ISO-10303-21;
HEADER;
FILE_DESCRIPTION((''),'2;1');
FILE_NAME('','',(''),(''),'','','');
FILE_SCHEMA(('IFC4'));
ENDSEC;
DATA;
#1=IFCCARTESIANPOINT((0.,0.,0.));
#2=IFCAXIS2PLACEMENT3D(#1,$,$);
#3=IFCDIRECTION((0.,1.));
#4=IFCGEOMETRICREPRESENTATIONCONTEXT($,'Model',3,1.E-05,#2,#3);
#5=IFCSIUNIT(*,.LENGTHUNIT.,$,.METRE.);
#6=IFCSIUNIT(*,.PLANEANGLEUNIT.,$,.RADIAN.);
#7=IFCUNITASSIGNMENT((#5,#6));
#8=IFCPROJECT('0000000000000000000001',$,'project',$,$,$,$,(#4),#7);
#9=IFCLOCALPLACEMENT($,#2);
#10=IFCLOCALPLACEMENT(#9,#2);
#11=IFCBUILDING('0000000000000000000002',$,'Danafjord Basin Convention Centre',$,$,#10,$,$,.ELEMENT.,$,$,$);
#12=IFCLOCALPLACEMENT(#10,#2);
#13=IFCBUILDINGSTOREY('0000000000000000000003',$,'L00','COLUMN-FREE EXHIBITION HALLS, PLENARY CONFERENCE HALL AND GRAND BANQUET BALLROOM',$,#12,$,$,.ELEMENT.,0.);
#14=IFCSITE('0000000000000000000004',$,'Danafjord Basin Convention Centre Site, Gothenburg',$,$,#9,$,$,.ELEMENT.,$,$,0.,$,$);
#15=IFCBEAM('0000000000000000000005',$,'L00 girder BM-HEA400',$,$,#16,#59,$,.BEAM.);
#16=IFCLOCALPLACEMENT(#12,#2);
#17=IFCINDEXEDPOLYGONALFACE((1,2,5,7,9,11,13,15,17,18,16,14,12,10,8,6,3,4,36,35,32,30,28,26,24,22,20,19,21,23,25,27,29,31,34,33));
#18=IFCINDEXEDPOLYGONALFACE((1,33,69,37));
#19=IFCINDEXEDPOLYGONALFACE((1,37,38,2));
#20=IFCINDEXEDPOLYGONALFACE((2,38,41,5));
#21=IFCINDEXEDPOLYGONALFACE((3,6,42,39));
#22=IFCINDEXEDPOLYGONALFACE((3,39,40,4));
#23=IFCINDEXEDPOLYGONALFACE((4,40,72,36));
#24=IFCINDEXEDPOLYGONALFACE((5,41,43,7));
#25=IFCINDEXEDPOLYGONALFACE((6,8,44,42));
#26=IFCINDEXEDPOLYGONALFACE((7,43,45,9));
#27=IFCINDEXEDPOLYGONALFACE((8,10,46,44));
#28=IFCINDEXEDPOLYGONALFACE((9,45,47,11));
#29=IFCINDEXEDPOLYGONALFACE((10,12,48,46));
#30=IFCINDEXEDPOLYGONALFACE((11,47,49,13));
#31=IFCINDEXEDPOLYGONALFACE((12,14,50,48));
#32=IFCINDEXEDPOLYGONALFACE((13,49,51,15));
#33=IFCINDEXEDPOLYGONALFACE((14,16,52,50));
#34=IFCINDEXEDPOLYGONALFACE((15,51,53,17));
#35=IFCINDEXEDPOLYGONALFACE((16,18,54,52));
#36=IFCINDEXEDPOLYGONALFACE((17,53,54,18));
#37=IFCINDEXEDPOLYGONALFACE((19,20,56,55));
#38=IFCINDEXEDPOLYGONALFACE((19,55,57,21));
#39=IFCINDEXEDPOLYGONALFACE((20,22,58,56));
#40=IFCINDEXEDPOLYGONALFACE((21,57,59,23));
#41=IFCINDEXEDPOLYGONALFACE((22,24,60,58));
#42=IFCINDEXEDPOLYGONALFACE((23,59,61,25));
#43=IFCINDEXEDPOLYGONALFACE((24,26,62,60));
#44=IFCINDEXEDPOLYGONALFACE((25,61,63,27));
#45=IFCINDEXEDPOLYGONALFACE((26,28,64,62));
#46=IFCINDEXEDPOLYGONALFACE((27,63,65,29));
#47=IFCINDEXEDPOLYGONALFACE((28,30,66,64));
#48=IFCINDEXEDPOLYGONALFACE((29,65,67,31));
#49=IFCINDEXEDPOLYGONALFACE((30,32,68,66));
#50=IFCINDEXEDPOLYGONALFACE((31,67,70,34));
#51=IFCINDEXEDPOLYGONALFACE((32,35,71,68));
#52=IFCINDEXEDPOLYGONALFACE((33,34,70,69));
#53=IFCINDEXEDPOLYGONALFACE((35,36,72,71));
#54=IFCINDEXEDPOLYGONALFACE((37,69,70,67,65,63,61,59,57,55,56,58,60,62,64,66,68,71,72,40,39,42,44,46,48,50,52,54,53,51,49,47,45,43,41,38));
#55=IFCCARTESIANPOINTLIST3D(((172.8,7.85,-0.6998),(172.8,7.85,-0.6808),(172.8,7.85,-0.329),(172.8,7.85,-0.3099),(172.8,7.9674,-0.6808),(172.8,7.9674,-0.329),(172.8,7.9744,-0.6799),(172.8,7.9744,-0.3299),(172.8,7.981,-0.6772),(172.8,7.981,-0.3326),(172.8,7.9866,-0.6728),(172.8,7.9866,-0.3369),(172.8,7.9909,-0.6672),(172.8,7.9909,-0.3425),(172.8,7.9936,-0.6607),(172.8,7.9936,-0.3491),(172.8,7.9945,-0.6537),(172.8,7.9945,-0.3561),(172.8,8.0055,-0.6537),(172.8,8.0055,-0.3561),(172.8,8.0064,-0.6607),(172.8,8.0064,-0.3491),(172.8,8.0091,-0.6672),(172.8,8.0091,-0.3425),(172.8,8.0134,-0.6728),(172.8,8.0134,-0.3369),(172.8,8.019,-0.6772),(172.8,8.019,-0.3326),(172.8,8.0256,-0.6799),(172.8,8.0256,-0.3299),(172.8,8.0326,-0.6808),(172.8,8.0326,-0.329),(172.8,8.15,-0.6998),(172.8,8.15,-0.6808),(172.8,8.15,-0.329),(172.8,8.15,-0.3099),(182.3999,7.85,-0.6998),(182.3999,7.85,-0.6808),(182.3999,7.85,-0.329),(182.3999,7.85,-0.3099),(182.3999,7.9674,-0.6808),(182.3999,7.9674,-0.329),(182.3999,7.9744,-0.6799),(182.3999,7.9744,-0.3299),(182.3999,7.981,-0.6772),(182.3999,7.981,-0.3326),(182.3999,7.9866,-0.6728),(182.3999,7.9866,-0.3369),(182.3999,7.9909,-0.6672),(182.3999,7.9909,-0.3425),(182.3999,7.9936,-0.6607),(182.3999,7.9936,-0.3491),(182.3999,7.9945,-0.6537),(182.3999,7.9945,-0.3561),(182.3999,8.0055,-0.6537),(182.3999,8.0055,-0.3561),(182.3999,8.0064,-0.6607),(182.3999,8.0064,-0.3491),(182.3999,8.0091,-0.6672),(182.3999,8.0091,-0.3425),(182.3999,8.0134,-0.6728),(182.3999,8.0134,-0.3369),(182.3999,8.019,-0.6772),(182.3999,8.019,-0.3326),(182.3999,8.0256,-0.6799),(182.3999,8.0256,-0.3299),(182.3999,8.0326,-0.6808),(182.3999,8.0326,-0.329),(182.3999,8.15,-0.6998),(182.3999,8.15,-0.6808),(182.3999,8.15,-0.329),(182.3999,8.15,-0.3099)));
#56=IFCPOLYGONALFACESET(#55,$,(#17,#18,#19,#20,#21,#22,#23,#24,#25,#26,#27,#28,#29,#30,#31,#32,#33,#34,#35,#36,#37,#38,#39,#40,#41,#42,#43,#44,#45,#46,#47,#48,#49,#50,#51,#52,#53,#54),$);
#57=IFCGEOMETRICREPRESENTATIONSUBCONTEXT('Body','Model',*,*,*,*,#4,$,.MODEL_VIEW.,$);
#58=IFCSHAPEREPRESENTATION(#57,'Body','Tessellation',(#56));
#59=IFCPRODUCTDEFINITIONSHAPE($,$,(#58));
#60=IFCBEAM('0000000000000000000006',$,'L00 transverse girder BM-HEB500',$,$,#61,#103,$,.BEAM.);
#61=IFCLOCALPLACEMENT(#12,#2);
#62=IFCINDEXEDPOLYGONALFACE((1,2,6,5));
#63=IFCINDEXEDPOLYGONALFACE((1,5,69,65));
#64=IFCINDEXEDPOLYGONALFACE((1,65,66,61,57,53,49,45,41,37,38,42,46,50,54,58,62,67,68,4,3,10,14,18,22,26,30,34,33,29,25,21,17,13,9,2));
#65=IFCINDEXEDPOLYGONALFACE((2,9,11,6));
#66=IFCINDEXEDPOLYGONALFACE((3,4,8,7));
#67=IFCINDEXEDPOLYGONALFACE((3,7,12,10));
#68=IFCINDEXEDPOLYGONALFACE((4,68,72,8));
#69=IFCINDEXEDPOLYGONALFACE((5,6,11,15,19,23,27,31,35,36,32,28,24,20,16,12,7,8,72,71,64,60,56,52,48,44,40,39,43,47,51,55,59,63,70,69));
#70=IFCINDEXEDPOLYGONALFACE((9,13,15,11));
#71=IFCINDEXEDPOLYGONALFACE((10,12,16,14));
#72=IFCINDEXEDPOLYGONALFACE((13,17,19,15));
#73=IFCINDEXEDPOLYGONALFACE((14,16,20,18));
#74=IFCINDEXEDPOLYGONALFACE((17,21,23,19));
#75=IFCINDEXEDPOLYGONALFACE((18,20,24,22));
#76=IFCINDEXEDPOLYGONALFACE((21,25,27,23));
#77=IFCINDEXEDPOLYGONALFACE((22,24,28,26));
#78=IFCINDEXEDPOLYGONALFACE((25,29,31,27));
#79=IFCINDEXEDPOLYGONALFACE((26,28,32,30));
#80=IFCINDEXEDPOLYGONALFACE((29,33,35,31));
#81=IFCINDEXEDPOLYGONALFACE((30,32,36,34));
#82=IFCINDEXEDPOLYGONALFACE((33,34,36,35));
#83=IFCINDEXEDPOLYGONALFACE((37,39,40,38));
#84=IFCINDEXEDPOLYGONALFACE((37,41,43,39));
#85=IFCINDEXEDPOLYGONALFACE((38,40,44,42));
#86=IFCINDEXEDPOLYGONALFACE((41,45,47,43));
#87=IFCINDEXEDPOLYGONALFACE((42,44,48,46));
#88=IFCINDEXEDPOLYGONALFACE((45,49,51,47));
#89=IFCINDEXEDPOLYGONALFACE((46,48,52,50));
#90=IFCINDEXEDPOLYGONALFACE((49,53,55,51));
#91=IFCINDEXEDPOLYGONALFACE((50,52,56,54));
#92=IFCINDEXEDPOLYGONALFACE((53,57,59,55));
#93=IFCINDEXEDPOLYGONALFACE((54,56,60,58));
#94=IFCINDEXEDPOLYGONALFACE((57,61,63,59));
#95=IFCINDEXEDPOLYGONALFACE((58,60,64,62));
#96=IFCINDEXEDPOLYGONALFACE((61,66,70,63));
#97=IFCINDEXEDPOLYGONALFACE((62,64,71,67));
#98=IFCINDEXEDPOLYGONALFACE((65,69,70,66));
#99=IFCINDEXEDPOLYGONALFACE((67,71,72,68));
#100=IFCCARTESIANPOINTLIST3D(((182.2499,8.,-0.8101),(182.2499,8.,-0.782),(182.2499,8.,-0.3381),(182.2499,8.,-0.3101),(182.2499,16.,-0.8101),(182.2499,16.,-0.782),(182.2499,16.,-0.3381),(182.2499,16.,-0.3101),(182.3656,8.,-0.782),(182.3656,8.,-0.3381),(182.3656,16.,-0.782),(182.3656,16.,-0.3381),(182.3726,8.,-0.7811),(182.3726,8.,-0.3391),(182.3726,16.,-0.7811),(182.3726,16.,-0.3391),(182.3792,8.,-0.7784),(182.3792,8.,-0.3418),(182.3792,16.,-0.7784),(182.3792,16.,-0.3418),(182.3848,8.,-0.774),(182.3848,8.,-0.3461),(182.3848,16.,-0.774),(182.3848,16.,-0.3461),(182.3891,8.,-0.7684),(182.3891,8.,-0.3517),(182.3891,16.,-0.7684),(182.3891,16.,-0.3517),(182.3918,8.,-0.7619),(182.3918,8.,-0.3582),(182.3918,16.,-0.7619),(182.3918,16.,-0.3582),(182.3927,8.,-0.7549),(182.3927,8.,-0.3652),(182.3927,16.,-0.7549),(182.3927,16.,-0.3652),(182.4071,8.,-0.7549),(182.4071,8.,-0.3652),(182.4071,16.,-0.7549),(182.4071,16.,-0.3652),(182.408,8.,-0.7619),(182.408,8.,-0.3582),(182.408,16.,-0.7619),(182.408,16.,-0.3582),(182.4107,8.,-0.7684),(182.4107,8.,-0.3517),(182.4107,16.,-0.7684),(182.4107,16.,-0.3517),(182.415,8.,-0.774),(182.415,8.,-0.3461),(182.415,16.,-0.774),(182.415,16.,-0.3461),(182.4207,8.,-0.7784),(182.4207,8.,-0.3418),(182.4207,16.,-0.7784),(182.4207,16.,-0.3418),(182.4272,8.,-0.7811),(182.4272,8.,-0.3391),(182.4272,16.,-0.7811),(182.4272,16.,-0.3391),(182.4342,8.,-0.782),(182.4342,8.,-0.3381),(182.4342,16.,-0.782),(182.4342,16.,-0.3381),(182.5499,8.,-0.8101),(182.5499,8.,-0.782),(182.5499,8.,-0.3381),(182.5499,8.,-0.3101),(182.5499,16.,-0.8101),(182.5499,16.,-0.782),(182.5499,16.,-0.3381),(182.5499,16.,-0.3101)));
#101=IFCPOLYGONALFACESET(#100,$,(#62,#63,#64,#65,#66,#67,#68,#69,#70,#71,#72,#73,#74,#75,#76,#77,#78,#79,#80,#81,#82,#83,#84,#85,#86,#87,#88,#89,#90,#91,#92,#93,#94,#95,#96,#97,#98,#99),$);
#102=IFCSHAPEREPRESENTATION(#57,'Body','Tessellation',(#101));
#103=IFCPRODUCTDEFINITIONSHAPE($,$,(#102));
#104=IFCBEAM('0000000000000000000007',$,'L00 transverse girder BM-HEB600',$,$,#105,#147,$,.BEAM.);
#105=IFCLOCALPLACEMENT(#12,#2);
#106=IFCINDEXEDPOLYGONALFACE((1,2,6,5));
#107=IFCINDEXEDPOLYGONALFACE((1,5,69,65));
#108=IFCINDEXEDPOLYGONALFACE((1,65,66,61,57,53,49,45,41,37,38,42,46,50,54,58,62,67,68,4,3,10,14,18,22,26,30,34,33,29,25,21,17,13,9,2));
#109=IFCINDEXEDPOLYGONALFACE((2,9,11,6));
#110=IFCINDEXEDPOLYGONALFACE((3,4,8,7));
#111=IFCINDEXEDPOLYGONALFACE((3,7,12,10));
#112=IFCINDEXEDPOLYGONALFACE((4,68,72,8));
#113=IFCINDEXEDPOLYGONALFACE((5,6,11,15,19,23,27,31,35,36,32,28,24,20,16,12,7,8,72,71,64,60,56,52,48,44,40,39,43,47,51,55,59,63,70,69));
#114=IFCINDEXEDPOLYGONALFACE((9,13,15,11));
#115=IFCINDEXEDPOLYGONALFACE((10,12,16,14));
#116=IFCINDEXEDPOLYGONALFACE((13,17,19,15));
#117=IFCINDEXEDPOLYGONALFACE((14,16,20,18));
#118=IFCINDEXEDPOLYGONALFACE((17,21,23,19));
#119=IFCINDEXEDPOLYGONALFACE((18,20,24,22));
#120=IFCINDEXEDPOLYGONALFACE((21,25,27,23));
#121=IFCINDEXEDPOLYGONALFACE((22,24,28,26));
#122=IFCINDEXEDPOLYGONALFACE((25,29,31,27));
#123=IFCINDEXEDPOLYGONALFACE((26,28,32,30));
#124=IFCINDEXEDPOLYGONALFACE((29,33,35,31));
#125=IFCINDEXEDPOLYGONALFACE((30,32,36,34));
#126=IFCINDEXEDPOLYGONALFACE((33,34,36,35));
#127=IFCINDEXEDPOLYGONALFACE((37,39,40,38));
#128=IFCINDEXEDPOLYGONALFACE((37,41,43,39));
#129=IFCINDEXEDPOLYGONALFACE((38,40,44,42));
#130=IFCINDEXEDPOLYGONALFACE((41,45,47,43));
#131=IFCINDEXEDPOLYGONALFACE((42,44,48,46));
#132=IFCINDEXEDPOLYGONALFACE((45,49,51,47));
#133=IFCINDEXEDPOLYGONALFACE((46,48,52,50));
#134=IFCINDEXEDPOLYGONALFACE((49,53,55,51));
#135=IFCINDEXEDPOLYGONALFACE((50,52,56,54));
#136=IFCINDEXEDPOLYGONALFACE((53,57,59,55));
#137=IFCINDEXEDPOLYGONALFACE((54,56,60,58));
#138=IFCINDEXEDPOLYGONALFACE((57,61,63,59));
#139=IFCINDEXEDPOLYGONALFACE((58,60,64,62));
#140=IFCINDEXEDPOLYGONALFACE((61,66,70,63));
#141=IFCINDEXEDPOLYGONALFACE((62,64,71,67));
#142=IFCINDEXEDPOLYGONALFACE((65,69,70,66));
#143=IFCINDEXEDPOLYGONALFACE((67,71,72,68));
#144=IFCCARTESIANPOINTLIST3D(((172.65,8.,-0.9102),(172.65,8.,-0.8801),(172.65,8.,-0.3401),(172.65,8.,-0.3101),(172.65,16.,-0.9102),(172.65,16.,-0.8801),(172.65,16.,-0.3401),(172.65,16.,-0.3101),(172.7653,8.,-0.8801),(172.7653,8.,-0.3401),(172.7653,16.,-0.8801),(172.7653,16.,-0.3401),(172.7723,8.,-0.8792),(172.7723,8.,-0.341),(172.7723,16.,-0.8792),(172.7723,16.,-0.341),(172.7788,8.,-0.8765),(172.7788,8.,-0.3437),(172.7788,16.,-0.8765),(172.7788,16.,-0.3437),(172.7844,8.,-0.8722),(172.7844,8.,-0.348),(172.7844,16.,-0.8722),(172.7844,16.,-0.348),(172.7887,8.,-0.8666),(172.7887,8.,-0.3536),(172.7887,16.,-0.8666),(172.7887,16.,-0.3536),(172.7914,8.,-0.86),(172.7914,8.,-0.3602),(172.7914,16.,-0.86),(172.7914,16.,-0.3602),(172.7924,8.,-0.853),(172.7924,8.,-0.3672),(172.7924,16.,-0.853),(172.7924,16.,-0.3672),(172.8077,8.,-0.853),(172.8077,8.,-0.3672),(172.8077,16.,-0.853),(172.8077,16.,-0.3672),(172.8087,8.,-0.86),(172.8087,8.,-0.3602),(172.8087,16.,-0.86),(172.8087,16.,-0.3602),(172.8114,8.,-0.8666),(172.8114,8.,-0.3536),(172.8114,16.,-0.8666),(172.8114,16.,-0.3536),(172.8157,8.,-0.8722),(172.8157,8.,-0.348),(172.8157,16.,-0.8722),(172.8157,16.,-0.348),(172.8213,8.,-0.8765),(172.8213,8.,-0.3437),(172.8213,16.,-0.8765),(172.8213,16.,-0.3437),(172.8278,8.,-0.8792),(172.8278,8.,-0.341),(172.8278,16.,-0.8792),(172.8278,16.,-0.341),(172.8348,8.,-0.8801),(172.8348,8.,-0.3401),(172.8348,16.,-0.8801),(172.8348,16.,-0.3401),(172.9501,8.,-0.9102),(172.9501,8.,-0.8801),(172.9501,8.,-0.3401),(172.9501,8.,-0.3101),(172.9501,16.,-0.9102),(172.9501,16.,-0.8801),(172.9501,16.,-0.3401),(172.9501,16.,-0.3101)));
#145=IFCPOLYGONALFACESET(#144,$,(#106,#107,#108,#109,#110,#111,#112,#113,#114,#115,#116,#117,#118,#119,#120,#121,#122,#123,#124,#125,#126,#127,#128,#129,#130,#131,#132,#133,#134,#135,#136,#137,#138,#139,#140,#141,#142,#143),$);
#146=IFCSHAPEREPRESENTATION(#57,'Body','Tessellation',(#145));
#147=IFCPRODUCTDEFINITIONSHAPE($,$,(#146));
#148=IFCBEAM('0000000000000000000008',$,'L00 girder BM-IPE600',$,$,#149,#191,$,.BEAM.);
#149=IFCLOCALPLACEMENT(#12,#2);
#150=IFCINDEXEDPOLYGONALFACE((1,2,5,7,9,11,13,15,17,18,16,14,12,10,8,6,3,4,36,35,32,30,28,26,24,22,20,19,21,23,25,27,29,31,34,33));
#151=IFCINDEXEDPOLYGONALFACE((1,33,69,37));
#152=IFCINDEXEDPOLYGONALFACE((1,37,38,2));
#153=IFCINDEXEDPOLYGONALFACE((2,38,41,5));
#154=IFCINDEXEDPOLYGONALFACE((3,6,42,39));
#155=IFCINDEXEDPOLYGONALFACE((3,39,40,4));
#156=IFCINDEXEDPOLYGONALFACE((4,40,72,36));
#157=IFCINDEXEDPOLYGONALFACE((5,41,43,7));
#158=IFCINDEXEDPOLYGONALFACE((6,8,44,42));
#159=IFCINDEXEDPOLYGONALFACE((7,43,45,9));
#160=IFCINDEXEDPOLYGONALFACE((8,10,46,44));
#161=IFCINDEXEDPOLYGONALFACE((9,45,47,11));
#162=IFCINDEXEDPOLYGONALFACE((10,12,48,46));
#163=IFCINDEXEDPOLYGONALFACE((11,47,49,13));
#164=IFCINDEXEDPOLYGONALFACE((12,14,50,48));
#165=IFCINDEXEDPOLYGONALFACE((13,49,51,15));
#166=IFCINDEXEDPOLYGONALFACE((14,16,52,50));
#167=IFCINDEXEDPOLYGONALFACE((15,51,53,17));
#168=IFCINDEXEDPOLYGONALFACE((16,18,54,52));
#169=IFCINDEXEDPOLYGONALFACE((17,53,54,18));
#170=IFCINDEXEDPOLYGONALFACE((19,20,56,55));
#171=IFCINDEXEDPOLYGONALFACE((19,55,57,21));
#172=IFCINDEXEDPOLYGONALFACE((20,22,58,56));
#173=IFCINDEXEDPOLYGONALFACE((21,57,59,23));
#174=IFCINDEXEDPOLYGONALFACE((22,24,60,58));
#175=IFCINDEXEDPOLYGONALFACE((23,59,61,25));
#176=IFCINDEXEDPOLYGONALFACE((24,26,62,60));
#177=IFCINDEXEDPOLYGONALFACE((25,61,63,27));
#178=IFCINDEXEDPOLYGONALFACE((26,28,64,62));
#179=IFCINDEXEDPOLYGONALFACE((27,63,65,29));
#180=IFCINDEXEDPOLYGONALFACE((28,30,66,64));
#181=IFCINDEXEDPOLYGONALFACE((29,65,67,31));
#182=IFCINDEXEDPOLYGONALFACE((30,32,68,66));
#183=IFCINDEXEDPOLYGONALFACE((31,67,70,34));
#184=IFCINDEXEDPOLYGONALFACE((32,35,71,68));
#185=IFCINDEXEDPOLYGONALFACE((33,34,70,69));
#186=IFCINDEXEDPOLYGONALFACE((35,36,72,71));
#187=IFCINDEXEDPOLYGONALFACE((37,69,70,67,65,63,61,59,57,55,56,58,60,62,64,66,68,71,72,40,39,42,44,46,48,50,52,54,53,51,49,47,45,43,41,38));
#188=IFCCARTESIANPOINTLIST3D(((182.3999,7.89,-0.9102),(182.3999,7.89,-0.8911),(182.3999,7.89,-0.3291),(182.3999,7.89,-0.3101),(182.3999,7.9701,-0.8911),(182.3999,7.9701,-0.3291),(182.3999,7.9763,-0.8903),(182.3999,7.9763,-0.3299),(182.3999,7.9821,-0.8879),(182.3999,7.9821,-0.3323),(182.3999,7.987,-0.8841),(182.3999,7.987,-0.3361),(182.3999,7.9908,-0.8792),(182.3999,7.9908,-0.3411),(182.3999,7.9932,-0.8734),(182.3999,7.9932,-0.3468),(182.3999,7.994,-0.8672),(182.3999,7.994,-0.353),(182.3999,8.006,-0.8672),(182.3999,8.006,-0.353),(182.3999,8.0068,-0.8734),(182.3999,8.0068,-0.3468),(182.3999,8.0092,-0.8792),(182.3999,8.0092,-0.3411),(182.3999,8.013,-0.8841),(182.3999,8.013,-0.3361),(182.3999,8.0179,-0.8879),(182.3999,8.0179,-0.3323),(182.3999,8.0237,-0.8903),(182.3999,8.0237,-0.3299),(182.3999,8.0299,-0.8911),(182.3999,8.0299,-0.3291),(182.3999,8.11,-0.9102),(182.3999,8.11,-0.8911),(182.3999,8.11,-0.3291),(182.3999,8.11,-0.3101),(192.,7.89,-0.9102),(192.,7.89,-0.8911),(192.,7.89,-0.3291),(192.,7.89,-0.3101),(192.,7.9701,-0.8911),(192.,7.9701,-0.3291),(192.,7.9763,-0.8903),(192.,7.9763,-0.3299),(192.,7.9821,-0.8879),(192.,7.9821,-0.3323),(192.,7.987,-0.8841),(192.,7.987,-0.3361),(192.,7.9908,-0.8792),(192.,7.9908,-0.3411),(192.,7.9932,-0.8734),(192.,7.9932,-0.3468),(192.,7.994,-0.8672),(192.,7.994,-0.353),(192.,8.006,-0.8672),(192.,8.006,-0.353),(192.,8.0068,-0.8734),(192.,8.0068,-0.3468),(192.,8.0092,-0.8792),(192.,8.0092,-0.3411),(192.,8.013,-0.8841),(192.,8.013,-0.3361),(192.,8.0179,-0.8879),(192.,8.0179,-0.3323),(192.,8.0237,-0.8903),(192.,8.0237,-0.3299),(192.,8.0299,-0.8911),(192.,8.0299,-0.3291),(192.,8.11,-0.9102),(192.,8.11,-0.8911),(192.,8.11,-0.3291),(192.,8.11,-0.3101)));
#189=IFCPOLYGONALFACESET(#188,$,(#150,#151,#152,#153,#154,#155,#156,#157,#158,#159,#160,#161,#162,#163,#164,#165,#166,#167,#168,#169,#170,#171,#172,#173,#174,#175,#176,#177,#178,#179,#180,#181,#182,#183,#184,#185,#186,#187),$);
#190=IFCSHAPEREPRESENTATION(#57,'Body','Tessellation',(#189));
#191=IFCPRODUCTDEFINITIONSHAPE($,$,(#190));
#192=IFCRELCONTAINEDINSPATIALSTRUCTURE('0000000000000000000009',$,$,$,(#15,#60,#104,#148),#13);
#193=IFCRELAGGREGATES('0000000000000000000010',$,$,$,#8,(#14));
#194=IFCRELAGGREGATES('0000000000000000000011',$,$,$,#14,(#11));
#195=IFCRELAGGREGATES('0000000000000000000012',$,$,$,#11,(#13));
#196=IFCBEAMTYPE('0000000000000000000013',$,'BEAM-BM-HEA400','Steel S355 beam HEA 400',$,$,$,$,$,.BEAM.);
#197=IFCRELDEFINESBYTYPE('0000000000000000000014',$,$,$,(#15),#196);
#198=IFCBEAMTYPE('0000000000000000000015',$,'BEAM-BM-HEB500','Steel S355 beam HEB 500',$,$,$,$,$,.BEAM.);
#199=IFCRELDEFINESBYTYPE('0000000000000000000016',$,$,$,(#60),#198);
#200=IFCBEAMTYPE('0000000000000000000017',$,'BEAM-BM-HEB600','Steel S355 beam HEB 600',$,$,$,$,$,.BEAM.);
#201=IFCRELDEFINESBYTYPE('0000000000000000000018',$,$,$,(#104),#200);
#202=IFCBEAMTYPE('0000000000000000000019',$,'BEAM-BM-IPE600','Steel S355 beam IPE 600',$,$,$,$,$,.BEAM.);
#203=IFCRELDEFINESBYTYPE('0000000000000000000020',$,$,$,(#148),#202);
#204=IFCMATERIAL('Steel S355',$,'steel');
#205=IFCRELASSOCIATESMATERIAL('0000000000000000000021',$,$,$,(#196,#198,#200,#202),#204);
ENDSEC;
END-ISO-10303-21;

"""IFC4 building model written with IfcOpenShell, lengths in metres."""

from ifc_helpers import new_model, si_unit, direction, frame, origin, origin_2d, place, context, subcontext, project, spatial, i_section, extrude, material, material_profile, profile_set, type_object, element, save


model = new_model("IFC4")

# Units and contexts
model_context = context("Model", 3, precision=1e-05, world=origin(), true_north=direction((0.0, 1.0)))
body_context = subcontext(model_context, "Body", "Model", "MODEL_VIEW")
ifc_project = project(units=[si_unit("LENGTHUNIT", "METRE"), si_unit("PLANEANGLEUNIT", "RADIAN")], contexts=[model_context])

# Site, building, storey
site_placement = place(None, origin())
site = spatial("IfcSite", under=ifc_project, at=site_placement, Name="Danafjord Basin Convention Centre Site, Gothenburg", CompositionType="ELEMENT", RefElevation=0.0)
building_placement = place(site_placement, origin())
building = spatial("IfcBuilding", under=site, at=building_placement, Name="Danafjord Basin Convention Centre", CompositionType="ELEMENT")
storey_placement = place(building_placement, origin())
storey = spatial("IfcBuildingStorey", under=building, at=storey_placement, Name="L00", Description="COLUMN-FREE EXHIBITION HALLS, PLENARY CONFERENCE HALL AND GRAND BANQUET BALLROOM", CompositionType="ELEMENT", Elevation=0.0)

# Shared definitions
ifc_material_1 = material(Name="Steel S355", Category="steel")

# Beams
ifc_material_profile_1 = material_profile(ifc_material_1, i_section(OverallWidth=0.3, OverallDepth=0.3899, WebThickness=0.011, FlangeThickness=0.019, FilletRadius=0.0271, at=origin_2d()), Name="HEA 400")
ifc_profile_set_1 = profile_set([ifc_material_profile_1], Name="Steel S355")
beam_type_1 = type_object("IfcBeamType", Name="BEAM-BM-HEA400", Description="Steel S355 beam HEA 400", PredefinedType="BEAM", material=ifc_profile_set_1)
beam_1_placement = place(storey_placement, frame((172.8, 8.0, -0.5049), z_axis=(1.0, 0.0, 0.0), x_axis=(0.0, 1.0, 0.0)))
element("IfcBeam", 1, at=beam_1_placement, inside=storey, type_object=beam_type_1, Name="L00 girder BM-HEA400", PredefinedType="BEAM", context=body_context, shape_type="SweptSolid", body=[
    extrude(i_section(OverallWidth=0.3, OverallDepth=0.3899, WebThickness=0.011, FlangeThickness=0.019, FilletRadius=0.0271, at=origin_2d()), origin(), (0.0, 0.0, 1.0), 9.5999),
])
ifc_material_profile_2 = material_profile(ifc_material_1, i_section(OverallWidth=0.3, OverallDepth=0.5, WebThickness=0.0144, FlangeThickness=0.0281, FilletRadius=0.0271, at=origin_2d()), Name="HEB 500")
ifc_profile_set_2 = profile_set([ifc_material_profile_2], Name="Steel S355")
beam_type_2 = type_object("IfcBeamType", Name="BEAM-BM-HEB500", Description="Steel S355 beam HEB 500", PredefinedType="BEAM", material=ifc_profile_set_2)
beam_2_placement = place(storey_placement, frame((182.3999, 8.0, -0.5601), z_axis=(0.0, 1.0, 0.0), x_axis=(-1.0, 0.0, 0.0)))
element("IfcBeam", 2, at=beam_2_placement, inside=storey, type_object=beam_type_2, Name="L00 transverse girder BM-HEB500", PredefinedType="BEAM", context=body_context, shape_type="SweptSolid", body=[
    extrude(i_section(OverallWidth=0.3, OverallDepth=0.5, WebThickness=0.0144, FlangeThickness=0.0281, FilletRadius=0.0271, at=origin_2d()), origin(), (0.0, 0.0, 1.0), 8.0),
])
ifc_material_profile_3 = material_profile(ifc_material_1, i_section(OverallWidth=0.3, OverallDepth=0.6001, WebThickness=0.0154, FlangeThickness=0.03, FilletRadius=0.0271, at=origin_2d()), Name="HEB 600")
ifc_profile_set_3 = profile_set([ifc_material_profile_3], Name="Steel S355")
beam_type_3 = type_object("IfcBeamType", Name="BEAM-BM-HEB600", Description="Steel S355 beam HEB 600", PredefinedType="BEAM", material=ifc_profile_set_3)
beam_3_placement = place(storey_placement, frame((172.8, 8.0, -0.6101), z_axis=(0.0, 1.0, 0.0), x_axis=(-1.0, 0.0, 0.0)))
element("IfcBeam", 3, at=beam_3_placement, inside=storey, type_object=beam_type_3, Name="L00 transverse girder BM-HEB600", PredefinedType="BEAM", context=body_context, shape_type="SweptSolid", body=[
    extrude(i_section(OverallWidth=0.3, OverallDepth=0.6001, WebThickness=0.0154, FlangeThickness=0.03, FilletRadius=0.0271, at=origin_2d()), origin(), (0.0, 0.0, 1.0), 8.0),
])
ifc_material_profile_4 = material_profile(ifc_material_1, i_section(OverallWidth=0.22, OverallDepth=0.6001, WebThickness=0.012, FlangeThickness=0.019, FilletRadius=0.0239, at=origin_2d()), Name="IPE 600")
ifc_profile_set_4 = profile_set([ifc_material_profile_4], Name="Steel S355")
beam_type_4 = type_object("IfcBeamType", Name="BEAM-BM-IPE600", Description="Steel S355 beam IPE 600", PredefinedType="BEAM", material=ifc_profile_set_4)
beam_4_placement = place(storey_placement, frame((182.3999, 8.0, -0.6101), z_axis=(1.0, 0.0, 0.0), x_axis=(0.0, 1.0, 0.0)))
element("IfcBeam", 4, at=beam_4_placement, inside=storey, type_object=beam_type_4, Name="L00 girder BM-IPE600", PredefinedType="BEAM", context=body_context, shape_type="SweptSolid", body=[
    extrude(i_section(OverallWidth=0.22, OverallDepth=0.6001, WebThickness=0.012, FlangeThickness=0.019, FilletRadius=0.0239, at=origin_2d()), origin(), (0.0, 0.0, 1.0), 9.6001),
])

save(model, "model.ifc")
